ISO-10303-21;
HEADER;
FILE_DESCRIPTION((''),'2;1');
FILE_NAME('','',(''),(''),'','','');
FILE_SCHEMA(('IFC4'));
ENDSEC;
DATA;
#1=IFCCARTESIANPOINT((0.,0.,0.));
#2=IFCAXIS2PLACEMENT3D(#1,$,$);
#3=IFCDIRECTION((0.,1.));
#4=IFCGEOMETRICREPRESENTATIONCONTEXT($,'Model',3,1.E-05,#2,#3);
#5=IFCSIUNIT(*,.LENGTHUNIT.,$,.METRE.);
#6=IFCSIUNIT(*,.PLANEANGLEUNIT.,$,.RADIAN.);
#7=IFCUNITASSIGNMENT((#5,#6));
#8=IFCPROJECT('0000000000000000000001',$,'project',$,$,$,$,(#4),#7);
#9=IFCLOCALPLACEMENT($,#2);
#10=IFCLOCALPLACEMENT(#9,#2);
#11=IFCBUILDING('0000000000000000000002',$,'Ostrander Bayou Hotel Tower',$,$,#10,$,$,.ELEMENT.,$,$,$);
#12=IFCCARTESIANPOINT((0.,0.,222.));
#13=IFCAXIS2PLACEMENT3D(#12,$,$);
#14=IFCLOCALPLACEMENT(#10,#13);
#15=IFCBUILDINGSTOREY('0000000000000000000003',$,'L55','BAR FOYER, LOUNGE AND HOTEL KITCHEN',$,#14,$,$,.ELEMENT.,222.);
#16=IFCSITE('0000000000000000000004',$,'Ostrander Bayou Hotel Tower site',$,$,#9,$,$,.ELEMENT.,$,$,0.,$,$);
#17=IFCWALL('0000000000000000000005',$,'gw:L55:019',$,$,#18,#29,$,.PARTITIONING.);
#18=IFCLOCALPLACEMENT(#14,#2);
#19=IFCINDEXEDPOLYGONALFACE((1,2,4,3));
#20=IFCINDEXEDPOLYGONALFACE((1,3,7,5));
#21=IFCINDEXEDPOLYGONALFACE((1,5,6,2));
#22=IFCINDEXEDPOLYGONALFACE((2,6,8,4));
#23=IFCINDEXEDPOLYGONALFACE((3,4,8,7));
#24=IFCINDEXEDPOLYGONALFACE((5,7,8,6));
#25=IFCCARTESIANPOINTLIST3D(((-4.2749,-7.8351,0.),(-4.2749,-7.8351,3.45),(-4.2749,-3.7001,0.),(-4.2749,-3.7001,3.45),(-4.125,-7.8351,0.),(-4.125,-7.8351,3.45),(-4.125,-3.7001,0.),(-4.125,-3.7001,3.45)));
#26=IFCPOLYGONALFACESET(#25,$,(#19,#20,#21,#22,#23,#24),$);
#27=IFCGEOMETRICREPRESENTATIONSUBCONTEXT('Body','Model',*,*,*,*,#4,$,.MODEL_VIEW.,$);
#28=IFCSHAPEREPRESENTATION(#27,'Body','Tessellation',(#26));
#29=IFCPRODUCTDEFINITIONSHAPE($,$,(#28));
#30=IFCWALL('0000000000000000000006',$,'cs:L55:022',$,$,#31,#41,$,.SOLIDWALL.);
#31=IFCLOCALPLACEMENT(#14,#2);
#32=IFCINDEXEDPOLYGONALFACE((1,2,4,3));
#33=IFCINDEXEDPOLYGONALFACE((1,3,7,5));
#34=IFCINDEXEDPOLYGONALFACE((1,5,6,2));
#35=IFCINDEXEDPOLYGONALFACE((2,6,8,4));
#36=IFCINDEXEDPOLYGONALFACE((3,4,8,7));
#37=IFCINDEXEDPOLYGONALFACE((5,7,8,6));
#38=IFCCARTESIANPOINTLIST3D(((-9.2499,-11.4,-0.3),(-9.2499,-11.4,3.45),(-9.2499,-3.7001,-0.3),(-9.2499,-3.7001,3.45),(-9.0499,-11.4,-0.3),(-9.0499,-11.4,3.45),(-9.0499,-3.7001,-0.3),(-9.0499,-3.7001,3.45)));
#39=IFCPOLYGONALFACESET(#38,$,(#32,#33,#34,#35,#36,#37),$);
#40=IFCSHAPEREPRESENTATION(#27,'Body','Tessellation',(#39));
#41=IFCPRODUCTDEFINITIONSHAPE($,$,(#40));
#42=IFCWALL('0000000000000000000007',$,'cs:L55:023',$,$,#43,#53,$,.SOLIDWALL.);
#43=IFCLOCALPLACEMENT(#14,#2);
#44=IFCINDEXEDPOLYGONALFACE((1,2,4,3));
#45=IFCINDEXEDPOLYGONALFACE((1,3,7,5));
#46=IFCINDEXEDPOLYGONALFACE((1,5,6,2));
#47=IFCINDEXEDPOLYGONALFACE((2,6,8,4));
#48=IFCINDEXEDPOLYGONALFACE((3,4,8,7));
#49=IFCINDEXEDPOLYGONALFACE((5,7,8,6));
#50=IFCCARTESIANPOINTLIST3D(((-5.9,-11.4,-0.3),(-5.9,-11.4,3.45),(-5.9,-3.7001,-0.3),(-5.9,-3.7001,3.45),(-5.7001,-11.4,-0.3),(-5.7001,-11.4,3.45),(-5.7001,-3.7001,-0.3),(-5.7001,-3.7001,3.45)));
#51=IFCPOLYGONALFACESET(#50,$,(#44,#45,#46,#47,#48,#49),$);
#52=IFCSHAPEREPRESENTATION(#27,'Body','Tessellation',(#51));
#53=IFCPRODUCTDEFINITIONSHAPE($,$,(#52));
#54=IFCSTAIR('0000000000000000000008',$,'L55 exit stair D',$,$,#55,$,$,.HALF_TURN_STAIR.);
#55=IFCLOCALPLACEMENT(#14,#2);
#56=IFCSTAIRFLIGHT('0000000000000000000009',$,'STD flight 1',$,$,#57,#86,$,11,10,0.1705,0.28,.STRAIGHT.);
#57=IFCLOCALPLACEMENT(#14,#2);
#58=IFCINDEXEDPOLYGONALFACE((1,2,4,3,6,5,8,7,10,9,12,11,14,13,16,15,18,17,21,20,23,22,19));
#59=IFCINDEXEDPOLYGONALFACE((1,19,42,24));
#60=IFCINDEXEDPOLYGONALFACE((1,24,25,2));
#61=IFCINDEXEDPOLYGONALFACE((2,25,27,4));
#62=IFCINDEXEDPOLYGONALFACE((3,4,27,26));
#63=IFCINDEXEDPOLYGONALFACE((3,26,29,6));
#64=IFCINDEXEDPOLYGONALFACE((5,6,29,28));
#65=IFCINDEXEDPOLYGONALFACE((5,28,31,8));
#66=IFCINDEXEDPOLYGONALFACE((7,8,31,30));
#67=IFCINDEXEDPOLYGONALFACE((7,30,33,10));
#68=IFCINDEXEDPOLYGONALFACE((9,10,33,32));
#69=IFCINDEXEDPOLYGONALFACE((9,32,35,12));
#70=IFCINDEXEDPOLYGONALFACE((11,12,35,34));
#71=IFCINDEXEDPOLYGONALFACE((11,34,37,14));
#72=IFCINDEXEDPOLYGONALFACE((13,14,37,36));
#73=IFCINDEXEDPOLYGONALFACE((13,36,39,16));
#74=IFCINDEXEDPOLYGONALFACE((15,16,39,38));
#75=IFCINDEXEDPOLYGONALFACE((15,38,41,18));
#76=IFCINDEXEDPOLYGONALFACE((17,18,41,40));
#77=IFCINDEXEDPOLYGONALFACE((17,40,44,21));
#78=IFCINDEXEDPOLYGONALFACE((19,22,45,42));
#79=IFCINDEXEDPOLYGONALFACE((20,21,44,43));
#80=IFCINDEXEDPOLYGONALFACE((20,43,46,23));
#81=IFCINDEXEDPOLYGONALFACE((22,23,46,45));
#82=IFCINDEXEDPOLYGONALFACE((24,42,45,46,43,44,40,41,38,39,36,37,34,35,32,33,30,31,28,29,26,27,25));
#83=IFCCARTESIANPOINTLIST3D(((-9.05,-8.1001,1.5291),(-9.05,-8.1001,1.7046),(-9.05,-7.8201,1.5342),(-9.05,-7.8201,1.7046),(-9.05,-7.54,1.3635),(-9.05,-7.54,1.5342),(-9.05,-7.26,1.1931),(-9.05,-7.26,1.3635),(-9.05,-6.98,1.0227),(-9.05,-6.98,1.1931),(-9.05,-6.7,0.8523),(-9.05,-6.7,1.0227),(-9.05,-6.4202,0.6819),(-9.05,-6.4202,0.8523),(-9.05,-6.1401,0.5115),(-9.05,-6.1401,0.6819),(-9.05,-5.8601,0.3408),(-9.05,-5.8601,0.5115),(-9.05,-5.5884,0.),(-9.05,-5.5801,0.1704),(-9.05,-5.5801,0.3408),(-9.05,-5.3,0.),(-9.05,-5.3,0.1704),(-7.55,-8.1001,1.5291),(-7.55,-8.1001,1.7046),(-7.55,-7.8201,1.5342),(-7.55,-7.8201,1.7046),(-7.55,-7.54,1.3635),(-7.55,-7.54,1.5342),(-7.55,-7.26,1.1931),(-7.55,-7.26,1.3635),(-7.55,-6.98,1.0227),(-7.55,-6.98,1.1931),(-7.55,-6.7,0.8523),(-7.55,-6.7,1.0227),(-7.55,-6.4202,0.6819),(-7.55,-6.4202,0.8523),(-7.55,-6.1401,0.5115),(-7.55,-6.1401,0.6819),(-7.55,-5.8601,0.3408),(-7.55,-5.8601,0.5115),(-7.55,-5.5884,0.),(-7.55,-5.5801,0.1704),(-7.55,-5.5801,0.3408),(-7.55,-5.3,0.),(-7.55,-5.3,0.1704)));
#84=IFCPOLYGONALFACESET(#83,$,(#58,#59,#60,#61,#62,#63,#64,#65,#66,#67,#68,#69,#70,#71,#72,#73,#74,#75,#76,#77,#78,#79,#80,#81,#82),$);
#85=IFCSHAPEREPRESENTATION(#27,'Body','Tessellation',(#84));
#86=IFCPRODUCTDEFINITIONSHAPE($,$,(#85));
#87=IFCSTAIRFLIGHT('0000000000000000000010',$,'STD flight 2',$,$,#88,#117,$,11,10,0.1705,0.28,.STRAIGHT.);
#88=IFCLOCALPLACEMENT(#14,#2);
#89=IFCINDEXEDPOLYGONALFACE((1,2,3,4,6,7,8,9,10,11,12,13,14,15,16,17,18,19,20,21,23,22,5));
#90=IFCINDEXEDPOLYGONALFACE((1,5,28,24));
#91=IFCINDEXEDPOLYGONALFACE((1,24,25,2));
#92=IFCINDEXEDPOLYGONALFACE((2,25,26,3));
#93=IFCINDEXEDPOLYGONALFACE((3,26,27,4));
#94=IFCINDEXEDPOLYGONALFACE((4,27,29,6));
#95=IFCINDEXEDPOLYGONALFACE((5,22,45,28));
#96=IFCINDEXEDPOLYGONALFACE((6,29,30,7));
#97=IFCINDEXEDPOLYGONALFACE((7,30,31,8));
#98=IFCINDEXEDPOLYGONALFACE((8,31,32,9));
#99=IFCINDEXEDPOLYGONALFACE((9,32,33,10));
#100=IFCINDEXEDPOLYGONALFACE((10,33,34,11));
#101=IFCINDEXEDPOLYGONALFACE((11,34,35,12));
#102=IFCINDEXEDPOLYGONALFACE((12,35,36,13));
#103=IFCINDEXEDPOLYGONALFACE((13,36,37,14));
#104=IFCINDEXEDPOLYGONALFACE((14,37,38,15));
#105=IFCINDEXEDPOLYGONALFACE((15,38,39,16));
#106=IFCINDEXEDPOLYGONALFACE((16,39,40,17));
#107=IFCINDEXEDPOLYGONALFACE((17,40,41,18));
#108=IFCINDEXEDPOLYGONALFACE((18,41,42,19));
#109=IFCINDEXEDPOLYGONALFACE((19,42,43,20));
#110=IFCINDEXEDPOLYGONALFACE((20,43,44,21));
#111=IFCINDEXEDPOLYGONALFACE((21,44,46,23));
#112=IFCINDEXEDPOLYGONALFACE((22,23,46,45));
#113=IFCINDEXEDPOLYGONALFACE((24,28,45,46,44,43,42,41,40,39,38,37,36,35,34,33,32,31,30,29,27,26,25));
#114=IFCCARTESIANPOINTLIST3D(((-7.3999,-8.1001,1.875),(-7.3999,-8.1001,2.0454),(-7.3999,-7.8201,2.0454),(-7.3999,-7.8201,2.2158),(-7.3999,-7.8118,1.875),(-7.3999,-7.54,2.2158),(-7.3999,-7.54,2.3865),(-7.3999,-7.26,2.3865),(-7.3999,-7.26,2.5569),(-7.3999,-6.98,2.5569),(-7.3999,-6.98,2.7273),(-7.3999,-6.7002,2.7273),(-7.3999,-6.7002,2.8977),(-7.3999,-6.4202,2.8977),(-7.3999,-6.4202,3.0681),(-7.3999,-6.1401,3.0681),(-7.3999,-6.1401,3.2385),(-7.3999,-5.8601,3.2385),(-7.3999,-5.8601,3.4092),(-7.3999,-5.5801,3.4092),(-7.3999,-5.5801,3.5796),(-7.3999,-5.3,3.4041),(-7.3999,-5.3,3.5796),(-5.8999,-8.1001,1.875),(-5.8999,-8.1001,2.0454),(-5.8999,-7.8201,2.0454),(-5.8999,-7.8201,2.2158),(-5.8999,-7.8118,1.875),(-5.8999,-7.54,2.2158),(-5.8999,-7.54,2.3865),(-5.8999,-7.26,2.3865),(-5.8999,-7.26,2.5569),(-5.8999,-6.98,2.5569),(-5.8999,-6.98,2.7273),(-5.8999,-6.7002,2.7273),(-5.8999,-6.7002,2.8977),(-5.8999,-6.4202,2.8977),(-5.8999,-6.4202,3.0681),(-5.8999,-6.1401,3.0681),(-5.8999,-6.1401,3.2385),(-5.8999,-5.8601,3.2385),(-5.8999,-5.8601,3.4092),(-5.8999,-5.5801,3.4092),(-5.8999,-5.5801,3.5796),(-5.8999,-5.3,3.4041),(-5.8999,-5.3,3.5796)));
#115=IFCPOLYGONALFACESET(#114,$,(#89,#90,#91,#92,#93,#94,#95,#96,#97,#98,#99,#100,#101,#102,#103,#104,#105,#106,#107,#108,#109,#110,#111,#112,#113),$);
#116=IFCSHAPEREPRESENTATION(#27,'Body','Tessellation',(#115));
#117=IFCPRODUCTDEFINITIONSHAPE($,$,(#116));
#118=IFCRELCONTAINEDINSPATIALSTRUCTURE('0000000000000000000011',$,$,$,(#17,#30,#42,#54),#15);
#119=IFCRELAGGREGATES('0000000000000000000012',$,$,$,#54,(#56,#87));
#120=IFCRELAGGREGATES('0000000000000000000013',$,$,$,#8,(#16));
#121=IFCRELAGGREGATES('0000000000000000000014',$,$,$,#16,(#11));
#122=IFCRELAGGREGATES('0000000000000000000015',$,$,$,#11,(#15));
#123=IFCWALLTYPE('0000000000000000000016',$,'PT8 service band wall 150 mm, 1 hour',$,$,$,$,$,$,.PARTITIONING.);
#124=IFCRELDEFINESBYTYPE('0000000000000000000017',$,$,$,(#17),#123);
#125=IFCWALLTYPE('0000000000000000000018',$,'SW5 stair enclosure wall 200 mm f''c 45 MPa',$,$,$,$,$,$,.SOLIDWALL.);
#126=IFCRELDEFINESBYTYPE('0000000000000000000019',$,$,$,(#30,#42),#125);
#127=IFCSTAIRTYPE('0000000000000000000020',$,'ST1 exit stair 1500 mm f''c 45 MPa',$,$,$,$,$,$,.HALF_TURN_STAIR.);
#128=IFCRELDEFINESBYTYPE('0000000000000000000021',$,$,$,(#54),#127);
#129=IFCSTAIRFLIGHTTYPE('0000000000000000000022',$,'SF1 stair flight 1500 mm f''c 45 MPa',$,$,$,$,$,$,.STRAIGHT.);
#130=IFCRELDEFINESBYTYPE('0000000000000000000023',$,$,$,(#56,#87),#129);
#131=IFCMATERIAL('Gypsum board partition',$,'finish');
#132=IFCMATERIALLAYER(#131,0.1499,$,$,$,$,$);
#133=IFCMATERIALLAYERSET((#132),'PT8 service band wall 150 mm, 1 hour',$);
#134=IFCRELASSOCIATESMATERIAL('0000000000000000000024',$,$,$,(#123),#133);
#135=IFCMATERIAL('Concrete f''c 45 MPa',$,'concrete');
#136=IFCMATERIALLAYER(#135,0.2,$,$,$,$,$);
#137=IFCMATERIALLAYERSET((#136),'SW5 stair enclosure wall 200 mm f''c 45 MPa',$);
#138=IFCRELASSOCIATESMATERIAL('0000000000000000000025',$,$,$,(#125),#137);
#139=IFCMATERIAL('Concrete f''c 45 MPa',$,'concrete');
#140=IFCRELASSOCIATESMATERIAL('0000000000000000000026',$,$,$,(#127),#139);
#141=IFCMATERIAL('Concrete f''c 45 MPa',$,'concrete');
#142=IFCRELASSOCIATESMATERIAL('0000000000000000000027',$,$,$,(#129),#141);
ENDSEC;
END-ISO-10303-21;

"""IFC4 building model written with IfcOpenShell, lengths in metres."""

from ifc_helpers import new_model, si_unit, direction, frame, frame_2d, origin, place, context, subcontext, project, spatial, polyline, rectangle, outline, extrude, material, layer, layer_set, type_object, element, aggregate, save


model = new_model("IFC4")

# Units and contexts
model_context = context("Model", 3, precision=1e-05, world=origin(), true_north=direction((0.0, 1.0)))
body_context = subcontext(model_context, "Body", "Model", "MODEL_VIEW")
ifc_project = project(units=[si_unit("LENGTHUNIT", "METRE"), si_unit("PLANEANGLEUNIT", "RADIAN")], contexts=[model_context])

# Site, building, storey
site_placement = place(None, origin())
site = spatial("IfcSite", under=ifc_project, at=site_placement, Name="Ostrander Bayou Hotel Tower site", CompositionType="ELEMENT", RefElevation=0.0)
building_placement = place(site_placement, origin())
building = spatial("IfcBuilding", under=site, at=building_placement, Name="Ostrander Bayou Hotel Tower", CompositionType="ELEMENT")
storey_placement = place(building_placement, frame((0.0, 0.0, 222.0)))
storey = spatial("IfcBuildingStorey", under=building, at=storey_placement, Name="L55", Description="BAR FOYER, LOUNGE AND HOTEL KITCHEN", CompositionType="ELEMENT", Elevation=222.0)

# Shared definitions
ifc_material_1 = material(Name="Gypsum board partition", Category="finish")
ifc_layer_1 = layer(ifc_material_1, 0.1499)
ifc_layer_set_1 = layer_set([ifc_layer_1], Name="PT8 service band wall 150 mm, 1 hour")
wall_type_1 = type_object("IfcWallType", Name="PT8 service band wall 150 mm, 1 hour", PredefinedType="PARTITIONING", material=ifc_layer_set_1)

# Walls
wall_1_placement = place(storey_placement, frame((-4.2, -7.835, 0.0), z_axis=(0.0, 0.0, 1.0), x_axis=(0.0, 1.0, 0.0)))
element("IfcWall", 1, at=wall_1_placement, inside=storey, type_object=wall_type_1, Name="gw:L55:019", PredefinedType="PARTITIONING", context=body_context, shape_type="SweptSolid", body=[
    extrude(rectangle(XDim=4.135, YDim=0.1499, at=frame_2d((2.0674, 0.0))), origin(), (0.0, 0.0, 1.0), 3.45),
])
ifc_material_2 = material(Name="Concrete f'c 45 MPa", Category="concrete")
ifc_layer_2 = layer(ifc_material_2, 0.2)
ifc_layer_set_2 = layer_set([ifc_layer_2], Name="SW5 stair enclosure wall 200 mm f'c 45 MPa")
wall_type_2 = type_object("IfcWallType", Name="SW5 stair enclosure wall 200 mm f'c 45 MPa", PredefinedType="SOLIDWALL", material=ifc_layer_set_2)
for number, where, z_axis, x_axis, name in (
    (2, (-9.1499, -3.7, -0.3), (0.0, 0.0, 1.0), (0.0, -1.0, 0.0), "cs:L55:022"),
    (3, (-5.8, -3.7, -0.3), (0.0, 0.0, 1.0), (0.0, -1.0, 0.0), "cs:L55:023"),
):
    element("IfcWall", number, at=place(storey_placement, frame(where, z_axis=z_axis, x_axis=x_axis)), inside=storey, type_object=wall_type_2, Name=name, PredefinedType="SOLIDWALL", context=body_context, shape_type="SweptSolid", body=[
        extrude(rectangle(XDim=7.7, YDim=0.2, at=frame_2d((3.8501, 0.0))), origin(), (0.0, 0.0, 1.0), 3.75),
    ])

# Stair, stair flights
ifc_material_3 = material(Name="Concrete f'c 45 MPa", Category="concrete")
stair_type = type_object("IfcStairType", Name="ST1 exit stair 1500 mm f'c 45 MPa", PredefinedType="HALF_TURN_STAIR", material=ifc_material_3)
stair_placement = place(storey_placement, origin())
stair = element("IfcStair", 4, at=stair_placement, inside=storey, type_object=stair_type, Name="L55 exit stair D", PredefinedType="HALF_TURN_STAIR")
ifc_material_4 = material(Name="Concrete f'c 45 MPa", Category="concrete")
stair_flight_type = type_object("IfcStairFlightType", Name="SF1 stair flight 1500 mm f'c 45 MPa", PredefinedType="STRAIGHT", material=ifc_material_4)
stair_flight_1_placement = place(storey_placement, frame((-8.3, -5.3, 0.0), z_axis=(0.0, 0.0, 1.0), x_axis=(0.0, -1.0, 0.0)))
stair_flight_1 = element("IfcStairFlight", 5, at=stair_flight_1_placement, type_object=stair_flight_type, Name="STD flight 1", NumberOfRisers=11, NumberOfTreads=10, PredefinedType="STRAIGHT", RiserHeight=0.1705, TreadLength=0.28, context=body_context, shape_type="SweptSolid", body=[
    extrude(outline(polyline([(0.0, 0.0), (0.0, 0.1704), (0.28, 0.1704), (0.28, 0.3408), (0.5601, 0.3408), (0.5601, 0.5115), (0.8401, 0.5115), (0.8401, 0.6819), (1.1201, 0.6819), (1.1201, 0.8523), (1.3999, 0.8523), (1.3999, 1.0227), (1.6799, 1.0227), (1.6799, 1.1931), (1.96, 1.1931), (1.96, 1.3635), (2.24, 1.3635), (2.24, 1.5342), (2.52, 1.5342), (2.52, 1.7046), (2.8, 1.7046), (2.8, 1.875), (2.8, 1.5291), (0.2883, 0.0), (0.0, 0.0)])), frame((0.0, 0.75, 0.0), z_axis=(0.0, -1.0, 0.0), x_axis=(1.0, 0.0, 0.0)), (0.0, 0.0, 1.0), 1.5),
])
stair_flight_2_placement = place(storey_placement, frame((-6.6499, -8.1001, 1.875), z_axis=(0.0, 0.0, 1.0), x_axis=(0.0, 1.0, 0.0)))
stair_flight_2 = element("IfcStairFlight", 6, at=stair_flight_2_placement, type_object=stair_flight_type, Name="STD flight 2", NumberOfRisers=11, NumberOfTreads=10, PredefinedType="STRAIGHT", RiserHeight=0.1705, TreadLength=0.28, context=body_context, shape_type="SweptSolid", body=[
    extrude(outline(polyline([(0.0, 0.0), (0.0, 0.1704), (0.28, 0.1704), (0.28, 0.3408), (0.5601, 0.3408), (0.5601, 0.5115), (0.8401, 0.5115), (0.8401, 0.6819), (1.1201, 0.6819), (1.1201, 0.8523), (1.3999, 0.8523), (1.3999, 1.0227), (1.6799, 1.0227), (1.6799, 1.1931), (1.96, 1.1931), (1.96, 1.3635), (2.24, 1.3635), (2.24, 1.5342), (2.52, 1.5342), (2.52, 1.7046), (2.8, 1.7046), (2.8, 1.875), (2.8, 1.5291), (0.2883, 0.0), (0.0, 0.0)])), frame((0.0, 0.75, 0.0), z_axis=(0.0, -1.0, 0.0), x_axis=(1.0, 0.0, 0.0)), (0.0, 0.0, 1.0), 1.5),
])
aggregate(stair, [stair_flight_1, stair_flight_2])

save(model, "model.ifc")
